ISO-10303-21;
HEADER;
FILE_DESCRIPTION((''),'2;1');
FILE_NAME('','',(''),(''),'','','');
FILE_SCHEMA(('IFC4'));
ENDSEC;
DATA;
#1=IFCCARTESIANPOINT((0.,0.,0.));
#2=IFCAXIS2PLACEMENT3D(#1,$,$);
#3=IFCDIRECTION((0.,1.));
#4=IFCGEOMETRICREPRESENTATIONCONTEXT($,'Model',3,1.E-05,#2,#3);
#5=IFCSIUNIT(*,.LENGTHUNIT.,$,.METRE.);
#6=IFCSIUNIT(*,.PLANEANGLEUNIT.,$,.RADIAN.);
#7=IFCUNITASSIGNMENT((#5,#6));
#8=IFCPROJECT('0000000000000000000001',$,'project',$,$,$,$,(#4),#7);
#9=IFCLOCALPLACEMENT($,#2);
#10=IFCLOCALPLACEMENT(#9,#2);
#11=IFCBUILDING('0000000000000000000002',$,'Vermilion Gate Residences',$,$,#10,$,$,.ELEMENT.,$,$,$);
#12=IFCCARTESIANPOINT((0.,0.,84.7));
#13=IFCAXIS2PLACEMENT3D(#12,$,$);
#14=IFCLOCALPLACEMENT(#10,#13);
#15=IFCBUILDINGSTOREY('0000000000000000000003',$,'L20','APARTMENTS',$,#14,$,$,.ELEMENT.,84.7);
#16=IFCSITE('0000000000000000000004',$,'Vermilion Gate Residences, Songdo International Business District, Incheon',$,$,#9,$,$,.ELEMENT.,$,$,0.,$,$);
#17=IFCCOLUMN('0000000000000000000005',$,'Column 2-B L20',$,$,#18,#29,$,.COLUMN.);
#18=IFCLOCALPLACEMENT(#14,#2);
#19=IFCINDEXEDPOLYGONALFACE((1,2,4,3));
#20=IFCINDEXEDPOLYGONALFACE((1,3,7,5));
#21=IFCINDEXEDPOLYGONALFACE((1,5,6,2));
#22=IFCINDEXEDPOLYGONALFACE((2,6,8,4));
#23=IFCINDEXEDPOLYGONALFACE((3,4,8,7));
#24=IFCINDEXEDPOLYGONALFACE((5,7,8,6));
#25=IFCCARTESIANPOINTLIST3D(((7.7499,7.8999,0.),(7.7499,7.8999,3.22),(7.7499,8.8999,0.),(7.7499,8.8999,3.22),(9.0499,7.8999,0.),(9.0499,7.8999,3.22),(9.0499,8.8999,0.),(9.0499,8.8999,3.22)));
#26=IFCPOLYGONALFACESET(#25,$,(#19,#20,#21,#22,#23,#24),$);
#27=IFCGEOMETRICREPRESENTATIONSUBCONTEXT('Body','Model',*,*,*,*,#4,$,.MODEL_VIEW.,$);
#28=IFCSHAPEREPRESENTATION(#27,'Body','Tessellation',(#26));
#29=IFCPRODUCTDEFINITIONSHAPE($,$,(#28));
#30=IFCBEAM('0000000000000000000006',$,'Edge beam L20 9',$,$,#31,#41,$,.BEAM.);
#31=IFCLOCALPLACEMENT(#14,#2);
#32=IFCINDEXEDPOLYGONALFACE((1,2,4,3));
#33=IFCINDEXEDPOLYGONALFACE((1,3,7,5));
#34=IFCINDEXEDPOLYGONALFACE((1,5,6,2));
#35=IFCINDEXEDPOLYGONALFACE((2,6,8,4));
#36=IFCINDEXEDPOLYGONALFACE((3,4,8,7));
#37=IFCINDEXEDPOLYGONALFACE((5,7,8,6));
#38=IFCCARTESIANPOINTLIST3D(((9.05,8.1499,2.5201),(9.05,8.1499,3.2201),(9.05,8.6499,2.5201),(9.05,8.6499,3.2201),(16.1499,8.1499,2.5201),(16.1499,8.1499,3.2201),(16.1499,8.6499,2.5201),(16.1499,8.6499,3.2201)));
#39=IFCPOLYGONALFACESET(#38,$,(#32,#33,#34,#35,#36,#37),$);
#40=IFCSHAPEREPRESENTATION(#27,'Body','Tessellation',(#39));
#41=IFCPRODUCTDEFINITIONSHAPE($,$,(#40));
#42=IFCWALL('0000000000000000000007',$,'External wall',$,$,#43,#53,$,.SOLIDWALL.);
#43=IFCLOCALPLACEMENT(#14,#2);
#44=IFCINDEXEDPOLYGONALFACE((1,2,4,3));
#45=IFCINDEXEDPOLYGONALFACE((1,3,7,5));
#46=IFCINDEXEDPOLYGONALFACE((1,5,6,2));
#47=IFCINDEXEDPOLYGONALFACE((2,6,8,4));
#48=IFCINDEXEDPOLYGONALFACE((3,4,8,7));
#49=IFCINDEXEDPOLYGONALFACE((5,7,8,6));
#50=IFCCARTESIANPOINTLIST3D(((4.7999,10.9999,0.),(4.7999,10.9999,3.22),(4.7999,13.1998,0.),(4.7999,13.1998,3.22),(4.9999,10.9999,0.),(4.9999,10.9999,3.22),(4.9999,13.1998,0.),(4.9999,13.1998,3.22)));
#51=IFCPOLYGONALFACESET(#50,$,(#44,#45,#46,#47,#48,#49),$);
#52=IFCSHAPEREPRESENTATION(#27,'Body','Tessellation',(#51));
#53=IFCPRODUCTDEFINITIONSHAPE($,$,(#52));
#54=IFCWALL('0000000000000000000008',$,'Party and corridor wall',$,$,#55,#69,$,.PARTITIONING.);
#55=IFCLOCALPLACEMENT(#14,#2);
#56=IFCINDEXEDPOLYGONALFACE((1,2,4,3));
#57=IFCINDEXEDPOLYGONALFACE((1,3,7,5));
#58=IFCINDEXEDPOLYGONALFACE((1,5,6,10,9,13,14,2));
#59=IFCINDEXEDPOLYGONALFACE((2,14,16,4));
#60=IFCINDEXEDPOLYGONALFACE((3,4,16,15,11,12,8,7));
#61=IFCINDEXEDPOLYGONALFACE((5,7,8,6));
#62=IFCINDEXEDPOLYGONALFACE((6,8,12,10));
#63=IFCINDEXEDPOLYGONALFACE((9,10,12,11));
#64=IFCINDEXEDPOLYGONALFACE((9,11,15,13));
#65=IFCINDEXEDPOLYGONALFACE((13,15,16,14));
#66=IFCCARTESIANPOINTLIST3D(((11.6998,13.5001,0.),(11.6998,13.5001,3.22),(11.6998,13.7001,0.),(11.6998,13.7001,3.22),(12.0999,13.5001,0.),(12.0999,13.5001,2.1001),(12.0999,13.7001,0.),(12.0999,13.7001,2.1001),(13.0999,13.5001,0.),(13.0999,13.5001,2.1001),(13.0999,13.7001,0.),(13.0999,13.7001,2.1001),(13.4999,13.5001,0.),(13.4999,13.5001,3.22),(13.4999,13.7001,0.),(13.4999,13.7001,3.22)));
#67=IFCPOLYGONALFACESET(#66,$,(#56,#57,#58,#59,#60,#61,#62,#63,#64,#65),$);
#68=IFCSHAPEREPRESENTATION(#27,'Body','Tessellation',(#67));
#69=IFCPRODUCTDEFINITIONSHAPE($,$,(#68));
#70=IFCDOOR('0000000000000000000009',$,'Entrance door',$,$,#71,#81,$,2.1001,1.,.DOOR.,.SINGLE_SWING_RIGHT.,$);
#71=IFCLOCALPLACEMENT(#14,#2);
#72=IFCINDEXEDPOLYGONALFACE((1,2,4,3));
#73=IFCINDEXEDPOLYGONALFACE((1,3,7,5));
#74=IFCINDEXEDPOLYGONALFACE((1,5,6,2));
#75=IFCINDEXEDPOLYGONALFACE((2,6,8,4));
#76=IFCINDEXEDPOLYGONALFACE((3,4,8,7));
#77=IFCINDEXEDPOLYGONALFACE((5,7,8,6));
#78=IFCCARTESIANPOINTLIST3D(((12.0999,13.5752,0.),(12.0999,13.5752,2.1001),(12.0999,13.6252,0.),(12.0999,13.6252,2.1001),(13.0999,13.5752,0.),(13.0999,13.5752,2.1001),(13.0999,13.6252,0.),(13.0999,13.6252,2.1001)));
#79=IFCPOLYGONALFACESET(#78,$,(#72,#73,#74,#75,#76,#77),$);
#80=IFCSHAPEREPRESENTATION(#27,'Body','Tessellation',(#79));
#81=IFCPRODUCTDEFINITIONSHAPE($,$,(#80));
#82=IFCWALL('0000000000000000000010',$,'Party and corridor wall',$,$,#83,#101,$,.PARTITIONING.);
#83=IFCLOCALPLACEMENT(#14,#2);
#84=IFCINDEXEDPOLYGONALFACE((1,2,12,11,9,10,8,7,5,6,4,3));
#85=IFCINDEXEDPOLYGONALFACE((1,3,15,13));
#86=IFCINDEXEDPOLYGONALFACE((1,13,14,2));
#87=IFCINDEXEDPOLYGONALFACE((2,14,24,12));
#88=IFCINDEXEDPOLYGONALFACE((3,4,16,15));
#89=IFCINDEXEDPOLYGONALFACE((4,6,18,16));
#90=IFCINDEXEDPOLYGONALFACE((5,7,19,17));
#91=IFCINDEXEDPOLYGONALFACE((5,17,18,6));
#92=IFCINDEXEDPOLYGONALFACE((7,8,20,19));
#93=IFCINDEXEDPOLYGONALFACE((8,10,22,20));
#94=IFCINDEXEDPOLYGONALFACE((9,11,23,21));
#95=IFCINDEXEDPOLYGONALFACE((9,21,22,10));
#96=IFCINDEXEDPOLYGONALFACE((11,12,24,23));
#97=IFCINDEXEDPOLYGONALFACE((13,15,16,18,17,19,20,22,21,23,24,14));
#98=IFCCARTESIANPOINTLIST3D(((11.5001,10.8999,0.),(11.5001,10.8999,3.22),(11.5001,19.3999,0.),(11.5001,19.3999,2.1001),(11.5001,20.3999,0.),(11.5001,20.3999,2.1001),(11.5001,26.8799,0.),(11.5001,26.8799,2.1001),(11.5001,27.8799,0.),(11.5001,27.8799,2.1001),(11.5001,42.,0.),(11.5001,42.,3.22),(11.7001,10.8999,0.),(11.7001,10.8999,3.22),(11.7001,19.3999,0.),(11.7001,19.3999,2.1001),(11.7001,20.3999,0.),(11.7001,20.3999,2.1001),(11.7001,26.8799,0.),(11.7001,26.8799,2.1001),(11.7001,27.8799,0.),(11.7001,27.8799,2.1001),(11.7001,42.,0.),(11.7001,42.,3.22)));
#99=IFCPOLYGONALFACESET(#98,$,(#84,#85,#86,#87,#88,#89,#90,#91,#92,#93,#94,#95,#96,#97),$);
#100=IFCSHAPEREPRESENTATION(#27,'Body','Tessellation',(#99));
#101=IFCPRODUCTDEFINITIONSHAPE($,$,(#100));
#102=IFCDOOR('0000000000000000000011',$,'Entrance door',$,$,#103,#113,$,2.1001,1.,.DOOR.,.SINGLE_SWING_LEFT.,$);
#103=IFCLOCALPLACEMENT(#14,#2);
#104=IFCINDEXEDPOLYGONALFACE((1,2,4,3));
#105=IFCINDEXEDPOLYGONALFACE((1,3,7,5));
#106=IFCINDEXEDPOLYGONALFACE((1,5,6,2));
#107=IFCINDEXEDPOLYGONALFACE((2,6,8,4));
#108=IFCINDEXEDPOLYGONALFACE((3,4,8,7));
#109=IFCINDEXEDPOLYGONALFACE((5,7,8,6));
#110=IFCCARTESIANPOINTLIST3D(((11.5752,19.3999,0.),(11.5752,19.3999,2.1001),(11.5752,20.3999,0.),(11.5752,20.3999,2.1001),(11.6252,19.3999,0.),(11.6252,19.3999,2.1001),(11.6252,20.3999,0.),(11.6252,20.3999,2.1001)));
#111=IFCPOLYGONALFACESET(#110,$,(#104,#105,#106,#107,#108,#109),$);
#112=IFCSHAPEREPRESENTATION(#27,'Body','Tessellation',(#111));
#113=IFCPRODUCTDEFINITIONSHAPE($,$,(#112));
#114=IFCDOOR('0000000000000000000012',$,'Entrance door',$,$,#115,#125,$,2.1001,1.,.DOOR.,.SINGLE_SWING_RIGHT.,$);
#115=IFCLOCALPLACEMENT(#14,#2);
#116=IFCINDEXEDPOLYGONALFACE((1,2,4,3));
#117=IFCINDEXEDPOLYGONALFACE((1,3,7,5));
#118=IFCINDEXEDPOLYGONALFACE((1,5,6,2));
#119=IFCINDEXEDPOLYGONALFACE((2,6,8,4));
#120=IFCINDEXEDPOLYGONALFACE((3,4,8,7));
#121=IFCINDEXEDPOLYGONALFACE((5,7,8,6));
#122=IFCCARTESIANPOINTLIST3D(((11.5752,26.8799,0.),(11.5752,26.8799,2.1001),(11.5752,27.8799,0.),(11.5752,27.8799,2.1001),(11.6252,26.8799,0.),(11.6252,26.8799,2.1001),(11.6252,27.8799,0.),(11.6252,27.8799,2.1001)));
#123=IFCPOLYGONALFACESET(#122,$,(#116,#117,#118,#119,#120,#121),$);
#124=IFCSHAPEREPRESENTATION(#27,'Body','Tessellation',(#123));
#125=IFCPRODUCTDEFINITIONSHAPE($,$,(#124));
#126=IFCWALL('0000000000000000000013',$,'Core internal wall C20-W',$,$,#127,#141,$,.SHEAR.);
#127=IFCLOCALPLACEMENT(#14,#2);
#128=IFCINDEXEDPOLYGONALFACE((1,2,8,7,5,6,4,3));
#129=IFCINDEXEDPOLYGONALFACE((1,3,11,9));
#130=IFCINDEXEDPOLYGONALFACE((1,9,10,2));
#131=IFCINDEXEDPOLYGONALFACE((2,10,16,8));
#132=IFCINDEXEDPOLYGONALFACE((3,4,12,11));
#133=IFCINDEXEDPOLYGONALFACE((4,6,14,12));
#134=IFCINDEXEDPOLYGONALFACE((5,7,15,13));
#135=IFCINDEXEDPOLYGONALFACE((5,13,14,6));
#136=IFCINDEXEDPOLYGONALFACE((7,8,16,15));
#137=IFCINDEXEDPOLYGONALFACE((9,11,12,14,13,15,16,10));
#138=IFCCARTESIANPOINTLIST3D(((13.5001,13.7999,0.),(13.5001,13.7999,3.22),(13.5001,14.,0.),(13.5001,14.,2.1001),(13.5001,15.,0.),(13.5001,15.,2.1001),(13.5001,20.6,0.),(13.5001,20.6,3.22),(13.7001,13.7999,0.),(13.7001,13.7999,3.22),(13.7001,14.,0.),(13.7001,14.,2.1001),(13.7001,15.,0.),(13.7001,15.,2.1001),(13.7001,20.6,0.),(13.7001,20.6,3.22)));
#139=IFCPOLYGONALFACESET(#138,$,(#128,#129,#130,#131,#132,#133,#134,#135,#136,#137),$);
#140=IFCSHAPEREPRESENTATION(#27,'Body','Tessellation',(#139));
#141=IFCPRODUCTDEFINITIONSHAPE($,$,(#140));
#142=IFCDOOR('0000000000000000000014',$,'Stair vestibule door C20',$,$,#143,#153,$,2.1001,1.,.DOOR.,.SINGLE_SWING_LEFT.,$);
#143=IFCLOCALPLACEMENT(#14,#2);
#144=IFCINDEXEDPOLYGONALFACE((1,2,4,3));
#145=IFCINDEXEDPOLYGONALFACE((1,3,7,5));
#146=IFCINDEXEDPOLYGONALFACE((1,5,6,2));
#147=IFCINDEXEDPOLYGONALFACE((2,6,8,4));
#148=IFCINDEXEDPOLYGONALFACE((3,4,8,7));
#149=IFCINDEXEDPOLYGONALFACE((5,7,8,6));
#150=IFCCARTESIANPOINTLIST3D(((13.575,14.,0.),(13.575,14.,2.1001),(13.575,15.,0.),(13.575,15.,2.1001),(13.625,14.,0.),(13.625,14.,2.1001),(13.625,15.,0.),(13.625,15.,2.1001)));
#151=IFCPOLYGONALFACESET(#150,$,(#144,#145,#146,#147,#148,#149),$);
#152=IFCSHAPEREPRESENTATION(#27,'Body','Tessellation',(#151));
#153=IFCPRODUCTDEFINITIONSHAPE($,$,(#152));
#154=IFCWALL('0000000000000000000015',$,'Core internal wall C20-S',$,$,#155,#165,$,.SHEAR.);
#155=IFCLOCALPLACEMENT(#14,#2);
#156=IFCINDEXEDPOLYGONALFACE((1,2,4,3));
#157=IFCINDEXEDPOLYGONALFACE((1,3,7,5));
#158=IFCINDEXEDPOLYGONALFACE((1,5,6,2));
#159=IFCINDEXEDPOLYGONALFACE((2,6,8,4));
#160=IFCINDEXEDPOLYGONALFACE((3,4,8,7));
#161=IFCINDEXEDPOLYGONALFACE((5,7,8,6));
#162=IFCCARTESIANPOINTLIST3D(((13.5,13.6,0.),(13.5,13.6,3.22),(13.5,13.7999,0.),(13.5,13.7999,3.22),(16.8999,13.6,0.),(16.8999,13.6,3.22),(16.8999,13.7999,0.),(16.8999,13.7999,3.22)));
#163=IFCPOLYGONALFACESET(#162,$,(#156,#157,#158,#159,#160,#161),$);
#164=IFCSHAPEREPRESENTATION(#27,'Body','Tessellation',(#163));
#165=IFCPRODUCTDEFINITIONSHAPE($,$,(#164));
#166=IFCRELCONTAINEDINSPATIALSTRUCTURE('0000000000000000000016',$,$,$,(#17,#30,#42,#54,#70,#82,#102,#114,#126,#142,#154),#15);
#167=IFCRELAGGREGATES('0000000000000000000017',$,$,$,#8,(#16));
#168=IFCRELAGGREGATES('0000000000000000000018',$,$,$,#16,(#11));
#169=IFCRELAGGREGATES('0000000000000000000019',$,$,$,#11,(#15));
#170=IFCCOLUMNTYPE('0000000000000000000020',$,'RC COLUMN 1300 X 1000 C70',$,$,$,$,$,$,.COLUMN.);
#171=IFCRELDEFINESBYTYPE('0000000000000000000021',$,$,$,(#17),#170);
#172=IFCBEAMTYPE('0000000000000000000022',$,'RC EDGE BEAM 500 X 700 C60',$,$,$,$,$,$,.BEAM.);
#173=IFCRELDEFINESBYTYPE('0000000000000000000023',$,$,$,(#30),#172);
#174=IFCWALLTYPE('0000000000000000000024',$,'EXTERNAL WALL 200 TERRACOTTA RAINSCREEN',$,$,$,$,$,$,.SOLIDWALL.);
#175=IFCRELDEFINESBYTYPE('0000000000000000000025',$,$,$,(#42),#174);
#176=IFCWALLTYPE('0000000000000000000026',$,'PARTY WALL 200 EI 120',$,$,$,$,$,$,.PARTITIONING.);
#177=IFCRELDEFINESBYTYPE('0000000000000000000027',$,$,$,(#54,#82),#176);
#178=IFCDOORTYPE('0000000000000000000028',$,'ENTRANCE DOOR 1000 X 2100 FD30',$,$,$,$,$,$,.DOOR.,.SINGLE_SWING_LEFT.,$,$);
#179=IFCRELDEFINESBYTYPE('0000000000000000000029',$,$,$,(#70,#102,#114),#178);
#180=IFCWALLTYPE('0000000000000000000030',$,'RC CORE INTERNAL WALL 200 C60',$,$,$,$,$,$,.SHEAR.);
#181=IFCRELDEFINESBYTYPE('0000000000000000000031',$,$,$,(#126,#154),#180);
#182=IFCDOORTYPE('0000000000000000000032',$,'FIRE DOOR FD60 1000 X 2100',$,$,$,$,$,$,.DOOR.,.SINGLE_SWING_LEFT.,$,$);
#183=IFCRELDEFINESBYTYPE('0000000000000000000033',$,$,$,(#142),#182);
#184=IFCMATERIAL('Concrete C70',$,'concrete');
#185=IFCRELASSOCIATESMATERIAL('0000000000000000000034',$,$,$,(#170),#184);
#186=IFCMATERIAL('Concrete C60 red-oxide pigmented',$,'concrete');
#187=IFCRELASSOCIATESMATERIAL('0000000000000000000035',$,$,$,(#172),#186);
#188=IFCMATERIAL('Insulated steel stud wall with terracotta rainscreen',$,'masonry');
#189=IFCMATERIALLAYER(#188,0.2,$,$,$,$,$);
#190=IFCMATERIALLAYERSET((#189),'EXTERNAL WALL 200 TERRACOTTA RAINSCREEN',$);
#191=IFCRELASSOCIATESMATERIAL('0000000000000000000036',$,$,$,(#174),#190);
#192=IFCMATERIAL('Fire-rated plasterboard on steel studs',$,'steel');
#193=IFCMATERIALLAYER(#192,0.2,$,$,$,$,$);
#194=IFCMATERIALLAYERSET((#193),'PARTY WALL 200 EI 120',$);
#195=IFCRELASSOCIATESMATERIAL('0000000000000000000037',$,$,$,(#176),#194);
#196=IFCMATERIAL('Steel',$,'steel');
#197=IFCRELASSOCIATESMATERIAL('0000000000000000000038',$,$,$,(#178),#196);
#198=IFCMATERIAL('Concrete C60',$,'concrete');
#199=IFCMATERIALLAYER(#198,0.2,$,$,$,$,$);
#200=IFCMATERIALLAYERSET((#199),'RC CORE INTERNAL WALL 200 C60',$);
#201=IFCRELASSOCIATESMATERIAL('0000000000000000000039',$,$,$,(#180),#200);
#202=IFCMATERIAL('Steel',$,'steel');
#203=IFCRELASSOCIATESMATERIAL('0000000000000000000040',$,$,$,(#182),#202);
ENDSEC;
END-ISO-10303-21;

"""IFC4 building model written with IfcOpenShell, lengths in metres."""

from ifc_helpers import new_model, si_unit, direction, frame, frame_2d, origin, origin_2d, place, context, subcontext, project, spatial, rectangle, extrude, material, layer, layer_set, material_profile, profile_set, type_object, element, fill, save


model = new_model("IFC4")

# Units and contexts
model_context = context("Model", 3, precision=1e-05, world=origin(), true_north=direction((0.0, 1.0)))
body_context = subcontext(model_context, "Body", "Model", "MODEL_VIEW")
ifc_project = project(units=[si_unit("LENGTHUNIT", "METRE"), si_unit("PLANEANGLEUNIT", "RADIAN")], contexts=[model_context])

# Site, building, storey
site_placement = place(None, origin())
site = spatial("IfcSite", under=ifc_project, at=site_placement, Name="Vermilion Gate Residences, Songdo International Business District, Incheon", CompositionType="ELEMENT", RefElevation=0.0)
building_placement = place(site_placement, origin())
building = spatial("IfcBuilding", under=site, at=building_placement, Name="Vermilion Gate Residences", CompositionType="ELEMENT")
storey_placement = place(building_placement, frame((0.0, 0.0, 84.7)))
storey = spatial("IfcBuildingStorey", under=building, at=storey_placement, Name="L20", Description="APARTMENTS", CompositionType="ELEMENT", Elevation=84.7)

# Column
ifc_material_1 = material(Name="Concrete C70", Category="concrete")
ifc_material_profile_1 = material_profile(ifc_material_1, rectangle(XDim=1.3, YDim=1.0, at=origin_2d()), Name="RC-1300x1000")
ifc_profile_set_1 = profile_set([ifc_material_profile_1], Name="Concrete C70")
column_type = type_object("IfcColumnType", Name="RC COLUMN 1300 X 1000 C70", PredefinedType="COLUMN", material=ifc_profile_set_1)
column_placement = place(storey_placement, frame((8.3999, 8.3999, 0.0), z_axis=(0.0, 0.0, 1.0), x_axis=(1.0, 0.0, 0.0)))
element("IfcColumn", 1, at=column_placement, inside=storey, type_object=column_type, Name="Column 2-B L20", PredefinedType="COLUMN", context=body_context, shape_type="SweptSolid", body=[
    extrude(rectangle(XDim=1.3, YDim=1.0, at=origin_2d()), origin(), (0.0, 0.0, 1.0), 3.22),
])

# Beam
ifc_material_2 = material(Name="Concrete C60 red-oxide pigmented", Category="concrete")
ifc_material_profile_2 = material_profile(ifc_material_2, rectangle(XDim=0.5, YDim=0.7, at=origin_2d()), Name="RC-500x700")
ifc_profile_set_2 = profile_set([ifc_material_profile_2], Name="Concrete C60 red-oxide pigmented")
beam_type = type_object("IfcBeamType", Name="RC EDGE BEAM 500 X 700 C60", PredefinedType="BEAM", material=ifc_profile_set_2)
beam_placement = place(storey_placement, frame((9.05, 8.3999, 2.8701), z_axis=(1.0, 0.0, 0.0), x_axis=(0.0, 1.0, 0.0)))
element("IfcBeam", 2, at=beam_placement, inside=storey, type_object=beam_type, Name="Edge beam L20 9", PredefinedType="BEAM", context=body_context, shape_type="SweptSolid", body=[
    extrude(rectangle(XDim=0.5, YDim=0.7, at=origin_2d()), origin(), (0.0, 0.0, 1.0), 7.0999),
])

# Wall
ifc_material_3 = material(Name="Insulated steel stud wall with terracotta rainscreen", Category="masonry")
ifc_layer_1 = layer(ifc_material_3, 0.2)
ifc_layer_set_1 = layer_set([ifc_layer_1], Name="EXTERNAL WALL 200 TERRACOTTA RAINSCREEN")
wall_type_1 = type_object("IfcWallType", Name="EXTERNAL WALL 200 TERRACOTTA RAINSCREEN", PredefinedType="SOLIDWALL", material=ifc_layer_set_1)
wall_1_placement = place(storey_placement, frame((4.8999, 13.2, 0.0), z_axis=(0.0, 0.0, 1.0), x_axis=(0.0, -1.0, 0.0)))
element("IfcWall", 3, at=wall_1_placement, inside=storey, type_object=wall_type_1, Name="External wall", PredefinedType="SOLIDWALL", context=body_context, shape_type="SweptSolid", body=[
    extrude(rectangle(XDim=2.2, YDim=0.2, at=frame_2d((1.1001, 0.0))), origin(), (0.0, 0.0, 1.0), 3.22),
])

# Wall, opening, door
ifc_material_4 = material(Name="Fire-rated plasterboard on steel studs", Category="steel")
ifc_layer_2 = layer(ifc_material_4, 0.2)
ifc_layer_set_2 = layer_set([ifc_layer_2], Name="PARTY WALL 200 EI 120")
wall_type_2 = type_object("IfcWallType", Name="PARTY WALL 200 EI 120", PredefinedType="PARTITIONING", material=ifc_layer_set_2)
wall_2_placement = place(storey_placement, frame((11.7, 13.6001, 0.0), z_axis=(0.0, 0.0, 1.0), x_axis=(1.0, 0.0, 0.0)))
wall_2 = element("IfcWall", 4, at=wall_2_placement, inside=storey, type_object=wall_type_2, Name="Party and corridor wall", PredefinedType="PARTITIONING", context=body_context, shape_type="SweptSolid", body=[
    extrude(rectangle(XDim=1.8, YDim=0.2, at=frame_2d((0.8999, 0.0))), origin(), (0.0, 0.0, 1.0), 3.22),
])
opening_1_placement = place(wall_2_placement, frame((0.3999, 0.0, 0.0)))
opening_1 = element("IfcOpeningElement", 5, at=opening_1_placement, cuts=wall_2, PredefinedType="OPENING", context=body_context, shape_type="SweptSolid", body=[
    extrude(rectangle(XDim=1.0, YDim=2.1001, at=frame_2d((0.5, 1.05))), frame((0.0, 0.1099, 0.0), z_axis=(0.0, -1.0, 0.0), x_axis=(1.0, 0.0, 0.0)), (0.0, 0.0, 1.0), 0.22),
])
ifc_material_5 = material(Name="Steel", Category="steel")
door_type_1 = type_object("IfcDoorType", Name="ENTRANCE DOOR 1000 X 2100 FD30", OperationType="SINGLE_SWING_LEFT", PredefinedType="DOOR", material=ifc_material_5)
door_1_placement = place(opening_1_placement, frame((1.0, 0.0, 0.0), z_axis=(0.0, 0.0, 1.0), x_axis=(-1.0, 0.0, 0.0)))
door_1 = element("IfcDoor", 6, at=door_1_placement, inside=storey, type_object=door_type_1, Name="Entrance door", OperationType="SINGLE_SWING_RIGHT", OverallHeight=2.1001, OverallWidth=1.0, PredefinedType="DOOR", context=body_context, shape_type="SweptSolid", body=[
    extrude(rectangle(XDim=1.0, YDim=2.1001, at=frame_2d((0.5, 1.05))), frame((0.0, 0.0249, 0.0), z_axis=(0.0, -1.0, 0.0), x_axis=(1.0, 0.0, 0.0)), (0.0, 0.0, 1.0), 0.05),
])
fill(opening_1, door_1)

# Wall, openings, doors
wall_3_placement = place(storey_placement, frame((11.6001, 10.8999, 0.0), z_axis=(0.0, 0.0, 1.0), x_axis=(0.0, 1.0, 0.0)))
wall_3 = element("IfcWall", 7, at=wall_3_placement, inside=storey, type_object=wall_type_2, Name="Party and corridor wall", PredefinedType="PARTITIONING", context=body_context, shape_type="SweptSolid", body=[
    extrude(rectangle(XDim=31.1001, YDim=0.2, at=frame_2d((15.55, 0.0))), origin(), (0.0, 0.0, 1.0), 3.22),
])
opening_2_placement = place(wall_3_placement, frame((8.5, 0.0, 0.0)))
opening_2 = element("IfcOpeningElement", 8, at=opening_2_placement, cuts=wall_3, PredefinedType="OPENING", context=body_context, shape_type="SweptSolid", body=[
    extrude(rectangle(XDim=1.0, YDim=2.1001, at=frame_2d((0.5, 1.05))), frame((0.0, 0.1099, 0.0), z_axis=(0.0, -1.0, 0.0), x_axis=(1.0, 0.0, 0.0)), (0.0, 0.0, 1.0), 0.22),
])
opening_3_placement = place(wall_3_placement, frame((15.98, 0.0, 0.0)))
opening_3 = element("IfcOpeningElement", 9, at=opening_3_placement, cuts=wall_3, PredefinedType="OPENING", context=body_context, shape_type="SweptSolid", body=[
    extrude(rectangle(XDim=1.0, YDim=2.1001, at=frame_2d((0.5, 1.05))), frame((0.0, 0.1099, 0.0), z_axis=(0.0, -1.0, 0.0), x_axis=(1.0, 0.0, 0.0)), (0.0, 0.0, 1.0), 0.22),
])
door_2_placement = place(opening_2_placement, origin())
door_2 = element("IfcDoor", 10, at=door_2_placement, inside=storey, type_object=door_type_1, Name="Entrance door", OperationType="SINGLE_SWING_LEFT", OverallHeight=2.1001, OverallWidth=1.0, PredefinedType="DOOR", context=body_context, shape_type="SweptSolid", body=[
    extrude(rectangle(XDim=1.0, YDim=2.1001, at=frame_2d((0.5, 1.05))), frame((0.0, 0.0249, 0.0), z_axis=(0.0, -1.0, 0.0), x_axis=(1.0, 0.0, 0.0)), (0.0, 0.0, 1.0), 0.05),
])
fill(opening_2, door_2)
door_3_placement = place(opening_3_placement, origin())
door_3 = element("IfcDoor", 11, at=door_3_placement, inside=storey, type_object=door_type_1, Name="Entrance door", OperationType="SINGLE_SWING_RIGHT", OverallHeight=2.1001, OverallWidth=1.0, PredefinedType="DOOR", context=body_context, shape_type="SweptSolid", body=[
    extrude(rectangle(XDim=1.0, YDim=2.1001, at=frame_2d((0.5, 1.05))), frame((0.0, 0.0249, 0.0), z_axis=(0.0, -1.0, 0.0), x_axis=(1.0, 0.0, 0.0)), (0.0, 0.0, 1.0), 0.05),
])
fill(opening_3, door_3)

# Wall, opening, door
ifc_material_6 = material(Name="Concrete C60", Category="concrete")
ifc_layer_3 = layer(ifc_material_6, 0.2)
ifc_layer_set_3 = layer_set([ifc_layer_3], Name="RC CORE INTERNAL WALL 200 C60")
wall_type_3 = type_object("IfcWallType", Name="RC CORE INTERNAL WALL 200 C60", PredefinedType="SHEAR", material=ifc_layer_set_3)
wall_4_placement = place(storey_placement, frame((13.6001, 13.8, 0.0), z_axis=(0.0, 0.0, 1.0), x_axis=(0.0, 1.0, 0.0)))
wall_4 = element("IfcWall", 12, at=wall_4_placement, inside=storey, type_object=wall_type_3, Name="Core internal wall C20-W", PredefinedType="SHEAR", context=body_context, shape_type="SweptSolid", body=[
    extrude(rectangle(XDim=6.8, YDim=0.2, at=frame_2d((3.3999, 0.0))), origin(), (0.0, 0.0, 1.0), 3.22),
])
opening_4_placement = place(wall_4_placement, frame((0.2, 0.0, 0.0)))
opening_4 = element("IfcOpeningElement", 13, at=opening_4_placement, cuts=wall_4, PredefinedType="OPENING", context=body_context, shape_type="SweptSolid", body=[
    extrude(rectangle(XDim=1.0, YDim=2.1001, at=frame_2d((0.5, 1.05))), frame((0.0, 0.1099, 0.0), z_axis=(0.0, -1.0, 0.0), x_axis=(1.0, 0.0, 0.0)), (0.0, 0.0, 1.0), 0.22),
])
ifc_material_7 = material(Name="Steel", Category="steel")
door_type_2 = type_object("IfcDoorType", Name="FIRE DOOR FD60 1000 X 2100", OperationType="SINGLE_SWING_LEFT", PredefinedType="DOOR", material=ifc_material_7)
door_4_placement = place(opening_4_placement, frame((1.0, 0.0, 0.0), z_axis=(0.0, 0.0, 1.0), x_axis=(-1.0, 0.0, 0.0)))
door_4 = element("IfcDoor", 14, at=door_4_placement, inside=storey, type_object=door_type_2, Name="Stair vestibule door C20", OperationType="SINGLE_SWING_LEFT", OverallHeight=2.1001, OverallWidth=1.0, PredefinedType="DOOR", context=body_context, shape_type="SweptSolid", body=[
    extrude(rectangle(XDim=1.0, YDim=2.1001, at=frame_2d((0.5, 1.05))), frame((0.0, 0.0249, 0.0), z_axis=(0.0, -1.0, 0.0), x_axis=(1.0, 0.0, 0.0)), (0.0, 0.0, 1.0), 0.05),
])
fill(opening_4, door_4)

# Wall
wall_5_placement = place(storey_placement, frame((13.5, 13.7, 0.0), z_axis=(0.0, 0.0, 1.0), x_axis=(1.0, 0.0, 0.0)))
element("IfcWall", 15, at=wall_5_placement, inside=storey, type_object=wall_type_3, Name="Core internal wall C20-S", PredefinedType="SHEAR", context=body_context, shape_type="SweptSolid", body=[
    extrude(rectangle(XDim=3.3999, YDim=0.2, at=frame_2d((1.7, 0.0))), origin(), (0.0, 0.0, 1.0), 3.22),
])

save(model, "model.ifc")
